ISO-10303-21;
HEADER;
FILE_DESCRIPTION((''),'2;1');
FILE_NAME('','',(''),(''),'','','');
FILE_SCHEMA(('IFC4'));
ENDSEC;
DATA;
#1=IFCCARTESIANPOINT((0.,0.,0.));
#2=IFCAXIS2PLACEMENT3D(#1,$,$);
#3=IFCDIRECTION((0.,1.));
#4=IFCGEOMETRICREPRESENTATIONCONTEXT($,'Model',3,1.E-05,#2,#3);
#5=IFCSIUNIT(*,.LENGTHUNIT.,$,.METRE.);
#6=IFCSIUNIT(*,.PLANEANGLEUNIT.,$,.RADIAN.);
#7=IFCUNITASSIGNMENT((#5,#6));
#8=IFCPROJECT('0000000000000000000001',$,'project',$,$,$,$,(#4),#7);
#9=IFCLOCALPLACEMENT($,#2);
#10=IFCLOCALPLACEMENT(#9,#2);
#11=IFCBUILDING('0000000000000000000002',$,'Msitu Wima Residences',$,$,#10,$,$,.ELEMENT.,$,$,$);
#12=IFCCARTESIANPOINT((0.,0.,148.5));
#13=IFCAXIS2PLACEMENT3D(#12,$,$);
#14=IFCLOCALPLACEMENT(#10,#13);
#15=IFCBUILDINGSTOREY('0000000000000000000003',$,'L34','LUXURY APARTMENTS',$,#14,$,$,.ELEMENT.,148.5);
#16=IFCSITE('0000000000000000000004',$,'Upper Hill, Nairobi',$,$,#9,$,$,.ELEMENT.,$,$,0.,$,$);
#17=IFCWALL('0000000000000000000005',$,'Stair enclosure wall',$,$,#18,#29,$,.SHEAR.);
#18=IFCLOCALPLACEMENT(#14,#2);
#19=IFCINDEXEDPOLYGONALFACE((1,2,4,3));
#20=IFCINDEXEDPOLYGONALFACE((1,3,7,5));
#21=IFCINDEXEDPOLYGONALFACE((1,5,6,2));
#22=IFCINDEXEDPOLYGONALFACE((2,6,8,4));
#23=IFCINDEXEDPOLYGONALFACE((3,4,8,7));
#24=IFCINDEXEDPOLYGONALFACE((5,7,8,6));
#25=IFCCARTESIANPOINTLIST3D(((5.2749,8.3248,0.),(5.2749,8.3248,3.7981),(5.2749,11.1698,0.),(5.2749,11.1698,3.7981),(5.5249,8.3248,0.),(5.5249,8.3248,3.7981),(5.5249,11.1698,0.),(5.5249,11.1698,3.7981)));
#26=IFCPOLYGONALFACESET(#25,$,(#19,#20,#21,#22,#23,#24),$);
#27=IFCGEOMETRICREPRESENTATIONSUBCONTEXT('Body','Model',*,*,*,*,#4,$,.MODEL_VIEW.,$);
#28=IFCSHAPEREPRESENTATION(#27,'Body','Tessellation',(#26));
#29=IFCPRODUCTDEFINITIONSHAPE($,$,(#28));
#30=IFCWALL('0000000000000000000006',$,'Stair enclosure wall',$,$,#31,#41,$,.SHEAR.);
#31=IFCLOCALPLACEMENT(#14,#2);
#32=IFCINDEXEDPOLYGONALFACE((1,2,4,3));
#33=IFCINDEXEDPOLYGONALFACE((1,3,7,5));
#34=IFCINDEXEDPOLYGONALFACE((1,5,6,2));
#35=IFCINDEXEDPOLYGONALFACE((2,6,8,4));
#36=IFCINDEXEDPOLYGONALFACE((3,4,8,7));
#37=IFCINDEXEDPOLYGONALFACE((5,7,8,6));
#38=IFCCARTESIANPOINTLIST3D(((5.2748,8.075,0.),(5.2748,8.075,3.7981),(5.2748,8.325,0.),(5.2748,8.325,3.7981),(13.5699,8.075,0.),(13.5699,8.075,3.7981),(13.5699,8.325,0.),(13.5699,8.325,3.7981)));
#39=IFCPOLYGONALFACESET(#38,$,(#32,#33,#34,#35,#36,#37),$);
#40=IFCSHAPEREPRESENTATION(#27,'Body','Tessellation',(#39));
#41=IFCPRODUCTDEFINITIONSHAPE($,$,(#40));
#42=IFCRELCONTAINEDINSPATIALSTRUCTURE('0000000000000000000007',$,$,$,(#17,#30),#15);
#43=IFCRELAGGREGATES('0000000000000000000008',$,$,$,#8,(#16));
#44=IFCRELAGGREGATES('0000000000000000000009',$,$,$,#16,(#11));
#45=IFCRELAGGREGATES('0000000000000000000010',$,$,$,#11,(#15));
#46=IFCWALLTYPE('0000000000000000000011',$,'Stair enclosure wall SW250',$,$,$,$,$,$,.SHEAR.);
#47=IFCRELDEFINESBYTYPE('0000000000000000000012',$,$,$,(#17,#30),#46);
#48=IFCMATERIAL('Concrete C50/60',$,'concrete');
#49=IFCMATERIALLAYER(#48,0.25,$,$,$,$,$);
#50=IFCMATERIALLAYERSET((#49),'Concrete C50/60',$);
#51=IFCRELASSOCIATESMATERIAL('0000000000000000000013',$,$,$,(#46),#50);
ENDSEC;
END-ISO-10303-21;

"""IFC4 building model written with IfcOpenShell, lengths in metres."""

from ifc_helpers import new_model, si_unit, direction, frame, frame_2d, origin, place, context, subcontext, project, spatial, rectangle, extrude, material, layer, layer_set, type_object, element, save


model = new_model("IFC4")

# Units and contexts
model_context = context("Model", 3, precision=1e-05, world=origin(), true_north=direction((0.0, 1.0)))
body_context = subcontext(model_context, "Body", "Model", "MODEL_VIEW")
ifc_project = project(units=[si_unit("LENGTHUNIT", "METRE"), si_unit("PLANEANGLEUNIT", "RADIAN")], contexts=[model_context])

# Site, building, storey
site_placement = place(None, origin())
site = spatial("IfcSite", under=ifc_project, at=site_placement, Name="Upper Hill, Nairobi", CompositionType="ELEMENT", RefElevation=0.0)
building_placement = place(site_placement, origin())
building = spatial("IfcBuilding", under=site, at=building_placement, Name="Msitu Wima Residences", CompositionType="ELEMENT")
storey_placement = place(building_placement, frame((0.0, 0.0, 148.5)))
storey = spatial("IfcBuildingStorey", under=building, at=storey_placement, Name="L34", Description="LUXURY APARTMENTS", CompositionType="ELEMENT", Elevation=148.5)

# Walls
ifc_material_1 = material(Name="Concrete C50/60", Category="concrete")
ifc_layer_1 = layer(ifc_material_1, 0.25)
ifc_layer_set_1 = layer_set([ifc_layer_1], Name="Concrete C50/60")
wall_type_1 = type_object("IfcWallType", Name="Stair enclosure wall SW250", PredefinedType="SHEAR", material=ifc_layer_set_1)
wall_1_placement = place(storey_placement, frame((5.3999, 8.325, 0.0), z_axis=(0.0, 0.0, 1.0), x_axis=(0.0, 1.0, 0.0)))
element("IfcWall", 1, at=wall_1_placement, inside=storey, type_object=wall_type_1, Name="Stair enclosure wall", PredefinedType="SHEAR", context=body_context, shape_type="SweptSolid", body=[
    extrude(rectangle(XDim=2.845, YDim=0.25, at=frame_2d((1.4224, 0.0))), origin(), (0.0, 0.0, 1.0), 3.7981),
])
wall_2_placement = place(storey_placement, frame((5.2749, 8.2, 0.0), z_axis=(0.0, 0.0, 1.0), x_axis=(1.0, 0.0, 0.0)))
element("IfcWall", 2, at=wall_2_placement, inside=storey, type_object=wall_type_1, Name="Stair enclosure wall", PredefinedType="SHEAR", context=body_context, shape_type="SweptSolid", body=[
    extrude(rectangle(XDim=8.2952, YDim=0.25, at=frame_2d((4.1475, 0.0))), origin(), (0.0, 0.0, 1.0), 3.7981),
])

save(model, "model.ifc")
